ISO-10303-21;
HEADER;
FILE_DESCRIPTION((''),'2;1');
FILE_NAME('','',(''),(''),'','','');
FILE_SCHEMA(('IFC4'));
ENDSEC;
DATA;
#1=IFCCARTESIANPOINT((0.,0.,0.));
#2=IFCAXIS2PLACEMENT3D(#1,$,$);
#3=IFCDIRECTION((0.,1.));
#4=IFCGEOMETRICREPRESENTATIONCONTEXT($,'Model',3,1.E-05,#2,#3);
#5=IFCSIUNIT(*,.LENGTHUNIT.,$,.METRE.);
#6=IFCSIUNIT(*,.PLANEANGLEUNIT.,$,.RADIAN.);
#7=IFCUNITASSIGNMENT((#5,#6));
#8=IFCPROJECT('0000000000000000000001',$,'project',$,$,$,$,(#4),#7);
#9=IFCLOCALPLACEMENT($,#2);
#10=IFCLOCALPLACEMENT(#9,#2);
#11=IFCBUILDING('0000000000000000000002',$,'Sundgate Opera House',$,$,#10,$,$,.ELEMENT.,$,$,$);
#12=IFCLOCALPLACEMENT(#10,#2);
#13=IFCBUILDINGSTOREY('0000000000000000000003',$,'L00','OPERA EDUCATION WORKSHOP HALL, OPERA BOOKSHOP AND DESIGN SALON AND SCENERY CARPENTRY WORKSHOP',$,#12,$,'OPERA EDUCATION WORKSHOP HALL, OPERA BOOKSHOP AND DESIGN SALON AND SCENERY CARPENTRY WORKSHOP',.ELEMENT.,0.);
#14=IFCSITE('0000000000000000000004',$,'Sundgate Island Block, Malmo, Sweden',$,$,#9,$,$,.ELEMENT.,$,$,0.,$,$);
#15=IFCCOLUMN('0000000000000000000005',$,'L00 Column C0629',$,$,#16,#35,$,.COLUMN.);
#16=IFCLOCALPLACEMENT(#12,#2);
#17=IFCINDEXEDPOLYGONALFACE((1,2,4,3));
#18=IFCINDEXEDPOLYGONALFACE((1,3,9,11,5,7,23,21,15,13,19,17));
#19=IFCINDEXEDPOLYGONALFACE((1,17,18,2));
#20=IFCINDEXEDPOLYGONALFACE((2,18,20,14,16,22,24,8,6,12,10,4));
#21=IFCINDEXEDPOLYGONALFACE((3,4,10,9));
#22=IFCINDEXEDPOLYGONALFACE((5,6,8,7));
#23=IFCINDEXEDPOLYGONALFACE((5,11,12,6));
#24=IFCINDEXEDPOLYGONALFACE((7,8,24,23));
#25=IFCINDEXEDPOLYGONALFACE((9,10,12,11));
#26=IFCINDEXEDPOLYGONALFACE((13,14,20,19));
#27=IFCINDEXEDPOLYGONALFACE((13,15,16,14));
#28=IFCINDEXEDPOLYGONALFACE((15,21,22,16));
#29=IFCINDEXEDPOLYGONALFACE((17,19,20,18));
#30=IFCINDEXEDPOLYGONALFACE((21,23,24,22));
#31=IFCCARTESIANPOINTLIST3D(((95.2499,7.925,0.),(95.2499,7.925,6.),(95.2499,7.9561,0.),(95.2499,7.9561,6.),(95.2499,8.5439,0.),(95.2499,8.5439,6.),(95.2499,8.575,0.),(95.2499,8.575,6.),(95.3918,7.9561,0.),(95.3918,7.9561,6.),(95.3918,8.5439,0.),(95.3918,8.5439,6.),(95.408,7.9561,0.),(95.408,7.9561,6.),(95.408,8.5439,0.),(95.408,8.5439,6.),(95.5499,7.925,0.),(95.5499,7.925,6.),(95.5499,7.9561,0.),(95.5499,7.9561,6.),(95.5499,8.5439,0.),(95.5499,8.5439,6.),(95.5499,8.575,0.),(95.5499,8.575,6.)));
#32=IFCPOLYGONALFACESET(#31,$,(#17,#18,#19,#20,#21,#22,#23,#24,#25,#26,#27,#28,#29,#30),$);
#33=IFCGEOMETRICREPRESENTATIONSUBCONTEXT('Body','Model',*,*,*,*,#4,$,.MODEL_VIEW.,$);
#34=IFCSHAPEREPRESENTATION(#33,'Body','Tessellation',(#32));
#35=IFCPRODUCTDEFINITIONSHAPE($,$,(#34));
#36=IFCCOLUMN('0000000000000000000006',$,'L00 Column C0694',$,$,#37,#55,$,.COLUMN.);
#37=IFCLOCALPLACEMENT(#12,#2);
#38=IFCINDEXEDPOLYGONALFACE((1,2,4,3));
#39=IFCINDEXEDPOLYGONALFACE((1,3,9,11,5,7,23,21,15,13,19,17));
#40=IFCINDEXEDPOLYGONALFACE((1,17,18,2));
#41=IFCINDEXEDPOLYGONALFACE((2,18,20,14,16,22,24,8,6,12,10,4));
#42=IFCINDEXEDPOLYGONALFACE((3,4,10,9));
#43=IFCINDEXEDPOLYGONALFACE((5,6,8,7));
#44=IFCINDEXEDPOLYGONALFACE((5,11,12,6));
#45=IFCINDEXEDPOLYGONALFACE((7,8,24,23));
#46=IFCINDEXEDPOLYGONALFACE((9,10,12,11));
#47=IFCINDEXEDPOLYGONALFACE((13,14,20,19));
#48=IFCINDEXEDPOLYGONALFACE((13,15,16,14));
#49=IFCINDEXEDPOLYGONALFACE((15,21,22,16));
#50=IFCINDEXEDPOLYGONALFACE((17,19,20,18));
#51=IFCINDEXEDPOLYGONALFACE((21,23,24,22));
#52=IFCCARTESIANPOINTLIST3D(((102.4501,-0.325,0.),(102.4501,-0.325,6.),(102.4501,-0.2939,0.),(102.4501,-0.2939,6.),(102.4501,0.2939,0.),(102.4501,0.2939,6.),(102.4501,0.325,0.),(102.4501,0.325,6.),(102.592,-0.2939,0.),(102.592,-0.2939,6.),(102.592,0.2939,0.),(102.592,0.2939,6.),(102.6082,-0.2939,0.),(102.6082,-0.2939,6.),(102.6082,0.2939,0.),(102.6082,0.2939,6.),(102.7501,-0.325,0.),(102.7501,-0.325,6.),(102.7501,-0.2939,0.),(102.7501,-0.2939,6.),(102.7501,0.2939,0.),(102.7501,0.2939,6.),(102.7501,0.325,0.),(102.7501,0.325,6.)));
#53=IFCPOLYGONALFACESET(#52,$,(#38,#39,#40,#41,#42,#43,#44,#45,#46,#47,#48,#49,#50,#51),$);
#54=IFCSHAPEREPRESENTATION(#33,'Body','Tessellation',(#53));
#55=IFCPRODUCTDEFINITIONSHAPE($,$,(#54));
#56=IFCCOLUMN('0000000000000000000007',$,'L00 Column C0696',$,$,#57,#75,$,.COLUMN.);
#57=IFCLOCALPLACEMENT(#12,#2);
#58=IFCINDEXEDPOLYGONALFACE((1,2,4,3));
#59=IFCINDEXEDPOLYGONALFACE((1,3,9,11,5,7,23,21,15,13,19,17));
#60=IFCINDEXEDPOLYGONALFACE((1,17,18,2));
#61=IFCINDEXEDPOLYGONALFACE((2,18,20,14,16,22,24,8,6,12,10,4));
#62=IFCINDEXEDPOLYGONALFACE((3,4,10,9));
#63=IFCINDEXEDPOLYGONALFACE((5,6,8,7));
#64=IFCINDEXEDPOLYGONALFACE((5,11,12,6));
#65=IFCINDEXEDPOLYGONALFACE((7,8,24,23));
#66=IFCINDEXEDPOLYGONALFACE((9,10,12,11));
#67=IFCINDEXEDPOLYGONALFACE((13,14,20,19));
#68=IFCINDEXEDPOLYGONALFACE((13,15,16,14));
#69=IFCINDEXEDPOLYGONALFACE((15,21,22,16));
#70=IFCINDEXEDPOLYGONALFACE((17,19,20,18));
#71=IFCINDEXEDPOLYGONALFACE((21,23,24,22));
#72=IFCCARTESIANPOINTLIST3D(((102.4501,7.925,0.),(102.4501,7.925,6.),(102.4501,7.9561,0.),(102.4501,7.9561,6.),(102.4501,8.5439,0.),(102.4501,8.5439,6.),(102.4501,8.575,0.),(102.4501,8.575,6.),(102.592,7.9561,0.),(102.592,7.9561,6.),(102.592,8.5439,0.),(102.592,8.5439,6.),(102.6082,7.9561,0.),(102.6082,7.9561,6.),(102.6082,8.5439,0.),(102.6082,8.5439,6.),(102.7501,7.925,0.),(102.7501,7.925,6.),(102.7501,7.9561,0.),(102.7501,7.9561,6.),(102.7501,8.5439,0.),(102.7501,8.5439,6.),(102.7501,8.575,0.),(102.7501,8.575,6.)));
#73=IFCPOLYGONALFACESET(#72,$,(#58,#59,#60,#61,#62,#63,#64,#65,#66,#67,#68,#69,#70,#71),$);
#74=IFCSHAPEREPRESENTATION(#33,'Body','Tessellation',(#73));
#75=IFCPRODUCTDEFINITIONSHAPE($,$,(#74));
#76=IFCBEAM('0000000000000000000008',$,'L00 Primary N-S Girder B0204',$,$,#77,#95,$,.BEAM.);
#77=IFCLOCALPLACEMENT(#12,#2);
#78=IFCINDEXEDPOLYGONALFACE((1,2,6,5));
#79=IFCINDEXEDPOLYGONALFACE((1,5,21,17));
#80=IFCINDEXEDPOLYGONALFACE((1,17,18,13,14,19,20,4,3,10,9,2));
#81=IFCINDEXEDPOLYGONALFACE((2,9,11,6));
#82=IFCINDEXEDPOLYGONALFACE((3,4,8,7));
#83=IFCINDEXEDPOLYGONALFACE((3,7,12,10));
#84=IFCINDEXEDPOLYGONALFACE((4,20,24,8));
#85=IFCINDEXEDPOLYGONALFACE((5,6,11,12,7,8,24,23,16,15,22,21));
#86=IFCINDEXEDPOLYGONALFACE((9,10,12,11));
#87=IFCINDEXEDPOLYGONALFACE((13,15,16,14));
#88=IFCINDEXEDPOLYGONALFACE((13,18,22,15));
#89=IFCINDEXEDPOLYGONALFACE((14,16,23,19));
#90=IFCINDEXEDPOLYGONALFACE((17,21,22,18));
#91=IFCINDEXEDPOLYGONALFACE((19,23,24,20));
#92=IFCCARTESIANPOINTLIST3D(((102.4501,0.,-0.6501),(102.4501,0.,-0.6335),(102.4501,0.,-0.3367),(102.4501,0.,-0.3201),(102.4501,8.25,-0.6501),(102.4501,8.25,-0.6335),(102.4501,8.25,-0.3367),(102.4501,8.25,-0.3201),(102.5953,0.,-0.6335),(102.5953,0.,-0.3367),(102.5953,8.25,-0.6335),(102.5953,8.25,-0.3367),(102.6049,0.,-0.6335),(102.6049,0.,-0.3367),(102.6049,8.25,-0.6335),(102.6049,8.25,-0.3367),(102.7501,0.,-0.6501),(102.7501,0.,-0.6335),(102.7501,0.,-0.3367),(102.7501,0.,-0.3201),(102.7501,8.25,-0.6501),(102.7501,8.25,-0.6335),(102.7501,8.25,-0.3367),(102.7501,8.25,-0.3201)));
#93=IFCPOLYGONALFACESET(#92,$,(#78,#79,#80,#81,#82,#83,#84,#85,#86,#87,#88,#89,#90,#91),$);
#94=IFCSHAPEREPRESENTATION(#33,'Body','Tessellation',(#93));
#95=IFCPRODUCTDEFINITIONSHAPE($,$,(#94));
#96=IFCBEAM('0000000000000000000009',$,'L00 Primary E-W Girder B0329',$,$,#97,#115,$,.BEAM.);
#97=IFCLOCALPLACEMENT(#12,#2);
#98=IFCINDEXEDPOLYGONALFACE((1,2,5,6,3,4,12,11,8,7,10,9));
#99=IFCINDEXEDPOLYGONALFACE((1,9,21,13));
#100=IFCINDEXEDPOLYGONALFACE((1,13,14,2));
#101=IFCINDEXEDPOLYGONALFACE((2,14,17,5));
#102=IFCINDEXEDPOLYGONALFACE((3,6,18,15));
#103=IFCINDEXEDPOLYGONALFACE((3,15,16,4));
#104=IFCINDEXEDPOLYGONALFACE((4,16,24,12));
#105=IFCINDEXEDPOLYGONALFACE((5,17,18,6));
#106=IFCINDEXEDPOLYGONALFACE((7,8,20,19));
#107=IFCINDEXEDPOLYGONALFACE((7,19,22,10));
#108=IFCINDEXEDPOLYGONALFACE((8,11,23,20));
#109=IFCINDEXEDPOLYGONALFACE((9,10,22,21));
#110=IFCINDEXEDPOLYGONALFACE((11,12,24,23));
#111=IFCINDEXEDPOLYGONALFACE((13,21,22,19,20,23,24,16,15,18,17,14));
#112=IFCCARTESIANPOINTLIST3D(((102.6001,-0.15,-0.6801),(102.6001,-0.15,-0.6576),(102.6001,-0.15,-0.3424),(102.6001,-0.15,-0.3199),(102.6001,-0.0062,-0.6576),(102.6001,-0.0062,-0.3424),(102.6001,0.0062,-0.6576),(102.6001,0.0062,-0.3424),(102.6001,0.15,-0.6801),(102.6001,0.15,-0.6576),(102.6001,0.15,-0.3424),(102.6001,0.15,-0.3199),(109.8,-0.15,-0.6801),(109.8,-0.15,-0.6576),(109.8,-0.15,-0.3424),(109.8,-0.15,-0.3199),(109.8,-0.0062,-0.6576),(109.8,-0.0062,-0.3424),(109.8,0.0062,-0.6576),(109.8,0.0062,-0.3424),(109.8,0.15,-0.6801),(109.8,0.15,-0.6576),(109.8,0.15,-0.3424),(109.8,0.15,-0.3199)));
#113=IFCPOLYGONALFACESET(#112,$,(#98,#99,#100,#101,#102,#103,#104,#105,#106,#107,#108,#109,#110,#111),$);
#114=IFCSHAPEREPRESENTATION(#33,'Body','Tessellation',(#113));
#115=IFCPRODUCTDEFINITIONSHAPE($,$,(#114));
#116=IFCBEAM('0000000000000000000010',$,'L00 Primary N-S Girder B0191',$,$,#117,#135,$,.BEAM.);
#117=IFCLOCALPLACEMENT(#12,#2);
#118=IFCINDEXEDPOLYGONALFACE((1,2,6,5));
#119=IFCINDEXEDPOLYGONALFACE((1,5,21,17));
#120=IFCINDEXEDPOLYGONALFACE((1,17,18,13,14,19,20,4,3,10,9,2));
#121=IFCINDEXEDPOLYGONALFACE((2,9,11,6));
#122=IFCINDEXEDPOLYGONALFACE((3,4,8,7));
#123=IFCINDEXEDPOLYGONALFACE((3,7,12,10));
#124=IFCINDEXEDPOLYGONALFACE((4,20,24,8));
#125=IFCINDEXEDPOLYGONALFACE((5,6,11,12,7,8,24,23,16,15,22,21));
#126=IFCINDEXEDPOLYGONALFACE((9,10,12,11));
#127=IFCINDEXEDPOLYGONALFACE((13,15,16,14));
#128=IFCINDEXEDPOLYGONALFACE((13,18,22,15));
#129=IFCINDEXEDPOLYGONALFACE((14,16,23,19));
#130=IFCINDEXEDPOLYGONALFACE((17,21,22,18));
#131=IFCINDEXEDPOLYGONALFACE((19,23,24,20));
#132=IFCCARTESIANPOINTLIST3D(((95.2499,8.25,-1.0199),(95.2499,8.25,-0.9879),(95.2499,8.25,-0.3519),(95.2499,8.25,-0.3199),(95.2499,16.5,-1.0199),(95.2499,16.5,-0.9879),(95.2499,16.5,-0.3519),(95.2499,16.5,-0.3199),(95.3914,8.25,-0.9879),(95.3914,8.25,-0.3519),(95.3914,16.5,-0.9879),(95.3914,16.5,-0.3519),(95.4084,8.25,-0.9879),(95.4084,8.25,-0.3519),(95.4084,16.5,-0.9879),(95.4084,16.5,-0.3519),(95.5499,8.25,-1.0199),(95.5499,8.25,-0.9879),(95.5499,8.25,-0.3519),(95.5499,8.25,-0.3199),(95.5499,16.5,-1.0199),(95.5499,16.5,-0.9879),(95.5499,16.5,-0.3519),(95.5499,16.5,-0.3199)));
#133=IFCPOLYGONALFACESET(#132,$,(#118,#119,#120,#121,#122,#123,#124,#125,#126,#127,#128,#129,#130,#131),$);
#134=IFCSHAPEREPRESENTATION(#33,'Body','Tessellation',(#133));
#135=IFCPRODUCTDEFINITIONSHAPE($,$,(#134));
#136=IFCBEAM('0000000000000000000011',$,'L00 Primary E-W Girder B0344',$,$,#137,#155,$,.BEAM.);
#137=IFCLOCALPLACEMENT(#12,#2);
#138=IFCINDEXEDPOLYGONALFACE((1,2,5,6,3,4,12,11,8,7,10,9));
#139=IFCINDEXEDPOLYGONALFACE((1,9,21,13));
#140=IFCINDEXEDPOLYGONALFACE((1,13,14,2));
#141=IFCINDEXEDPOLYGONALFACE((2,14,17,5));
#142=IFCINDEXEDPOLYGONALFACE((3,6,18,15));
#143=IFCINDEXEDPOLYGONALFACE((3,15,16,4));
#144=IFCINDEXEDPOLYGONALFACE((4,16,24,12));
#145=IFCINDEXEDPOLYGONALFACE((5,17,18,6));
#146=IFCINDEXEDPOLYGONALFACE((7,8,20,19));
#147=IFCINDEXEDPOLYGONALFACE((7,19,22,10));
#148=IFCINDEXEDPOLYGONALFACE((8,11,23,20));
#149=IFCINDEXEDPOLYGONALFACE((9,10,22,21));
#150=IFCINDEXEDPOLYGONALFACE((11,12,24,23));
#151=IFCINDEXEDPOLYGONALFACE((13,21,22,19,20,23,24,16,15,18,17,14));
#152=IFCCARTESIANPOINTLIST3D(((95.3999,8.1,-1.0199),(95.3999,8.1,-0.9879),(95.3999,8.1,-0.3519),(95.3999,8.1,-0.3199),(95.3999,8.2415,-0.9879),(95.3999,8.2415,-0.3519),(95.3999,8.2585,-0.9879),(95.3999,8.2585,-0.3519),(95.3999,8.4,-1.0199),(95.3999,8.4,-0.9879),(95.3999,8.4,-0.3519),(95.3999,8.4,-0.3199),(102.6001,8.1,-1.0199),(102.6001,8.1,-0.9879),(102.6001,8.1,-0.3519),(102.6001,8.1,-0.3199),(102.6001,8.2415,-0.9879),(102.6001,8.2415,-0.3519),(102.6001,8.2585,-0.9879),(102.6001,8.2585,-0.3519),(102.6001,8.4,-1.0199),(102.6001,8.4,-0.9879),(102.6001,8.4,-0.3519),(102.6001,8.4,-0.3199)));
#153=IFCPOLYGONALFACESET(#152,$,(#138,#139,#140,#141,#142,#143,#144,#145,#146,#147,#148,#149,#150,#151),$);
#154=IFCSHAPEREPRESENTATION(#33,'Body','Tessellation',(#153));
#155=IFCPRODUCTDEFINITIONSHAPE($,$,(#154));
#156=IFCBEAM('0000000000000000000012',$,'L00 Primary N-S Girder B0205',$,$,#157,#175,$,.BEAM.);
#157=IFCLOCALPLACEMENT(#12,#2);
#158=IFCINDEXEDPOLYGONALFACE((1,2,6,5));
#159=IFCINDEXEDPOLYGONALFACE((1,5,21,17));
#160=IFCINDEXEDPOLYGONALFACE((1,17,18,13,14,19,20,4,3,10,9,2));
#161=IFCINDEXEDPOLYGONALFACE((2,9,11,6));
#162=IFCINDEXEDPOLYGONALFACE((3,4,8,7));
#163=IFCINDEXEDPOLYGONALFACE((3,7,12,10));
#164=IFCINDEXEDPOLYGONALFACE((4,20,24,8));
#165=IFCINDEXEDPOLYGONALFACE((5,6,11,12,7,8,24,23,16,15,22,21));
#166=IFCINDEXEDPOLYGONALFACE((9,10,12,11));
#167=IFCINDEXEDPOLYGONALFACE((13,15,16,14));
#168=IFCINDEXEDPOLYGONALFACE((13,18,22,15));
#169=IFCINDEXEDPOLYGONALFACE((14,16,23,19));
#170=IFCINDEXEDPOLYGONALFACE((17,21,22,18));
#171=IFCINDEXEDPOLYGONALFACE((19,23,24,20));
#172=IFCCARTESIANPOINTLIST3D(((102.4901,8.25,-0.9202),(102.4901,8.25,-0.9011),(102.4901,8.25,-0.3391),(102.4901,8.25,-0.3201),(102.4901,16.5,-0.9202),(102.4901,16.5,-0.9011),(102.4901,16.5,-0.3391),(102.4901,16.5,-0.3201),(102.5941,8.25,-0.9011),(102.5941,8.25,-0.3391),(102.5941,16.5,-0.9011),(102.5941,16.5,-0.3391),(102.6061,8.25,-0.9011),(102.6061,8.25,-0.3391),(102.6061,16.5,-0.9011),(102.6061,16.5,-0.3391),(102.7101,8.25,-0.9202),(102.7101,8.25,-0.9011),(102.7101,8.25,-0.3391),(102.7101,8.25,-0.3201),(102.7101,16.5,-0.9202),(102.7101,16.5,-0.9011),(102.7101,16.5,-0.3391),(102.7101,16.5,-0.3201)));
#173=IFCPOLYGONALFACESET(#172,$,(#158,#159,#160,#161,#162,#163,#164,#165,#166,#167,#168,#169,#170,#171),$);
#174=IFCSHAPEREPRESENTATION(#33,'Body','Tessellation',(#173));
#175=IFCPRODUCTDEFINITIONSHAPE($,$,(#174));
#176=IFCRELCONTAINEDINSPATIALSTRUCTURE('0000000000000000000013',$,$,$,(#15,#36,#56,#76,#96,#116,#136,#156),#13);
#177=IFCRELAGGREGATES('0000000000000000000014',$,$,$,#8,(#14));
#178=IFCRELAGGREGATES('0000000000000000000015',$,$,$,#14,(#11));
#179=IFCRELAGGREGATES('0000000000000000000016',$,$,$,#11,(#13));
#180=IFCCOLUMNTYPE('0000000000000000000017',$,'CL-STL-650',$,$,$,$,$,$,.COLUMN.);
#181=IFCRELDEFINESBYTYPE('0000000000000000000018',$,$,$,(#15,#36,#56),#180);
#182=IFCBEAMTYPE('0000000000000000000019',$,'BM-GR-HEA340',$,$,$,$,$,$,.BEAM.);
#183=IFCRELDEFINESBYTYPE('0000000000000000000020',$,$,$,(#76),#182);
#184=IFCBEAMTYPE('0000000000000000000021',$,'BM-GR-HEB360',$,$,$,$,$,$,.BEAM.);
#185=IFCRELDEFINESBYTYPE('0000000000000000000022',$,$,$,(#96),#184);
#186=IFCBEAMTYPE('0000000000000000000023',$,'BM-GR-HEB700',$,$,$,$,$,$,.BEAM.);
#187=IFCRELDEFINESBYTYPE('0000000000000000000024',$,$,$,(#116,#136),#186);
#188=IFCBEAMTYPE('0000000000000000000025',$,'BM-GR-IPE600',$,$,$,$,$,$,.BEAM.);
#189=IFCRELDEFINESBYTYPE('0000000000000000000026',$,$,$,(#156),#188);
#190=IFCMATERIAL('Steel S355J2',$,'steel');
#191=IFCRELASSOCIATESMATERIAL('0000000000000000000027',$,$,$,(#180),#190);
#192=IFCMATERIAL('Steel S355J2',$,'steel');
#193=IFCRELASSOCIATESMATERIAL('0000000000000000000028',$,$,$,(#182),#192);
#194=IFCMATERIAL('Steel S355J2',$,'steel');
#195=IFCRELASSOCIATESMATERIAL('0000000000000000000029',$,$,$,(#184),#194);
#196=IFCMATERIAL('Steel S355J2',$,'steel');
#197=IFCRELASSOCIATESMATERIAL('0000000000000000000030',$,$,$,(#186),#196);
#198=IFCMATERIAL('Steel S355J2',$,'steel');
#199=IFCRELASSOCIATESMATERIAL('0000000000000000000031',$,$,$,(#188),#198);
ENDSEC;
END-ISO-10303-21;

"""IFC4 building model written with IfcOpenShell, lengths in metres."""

from ifc_helpers import new_model, si_unit, direction, frame, origin, origin_2d, place, context, subcontext, project, spatial, i_section, extrude, material, material_profile, profile_set, type_object, element, save


model = new_model("IFC4")

# Units and contexts
model_context = context("Model", 3, precision=1e-05, world=origin(), true_north=direction((0.0, 1.0)))
body_context = subcontext(model_context, "Body", "Model", "MODEL_VIEW")
ifc_project = project(units=[si_unit("LENGTHUNIT", "METRE"), si_unit("PLANEANGLEUNIT", "RADIAN")], contexts=[model_context])

# Site, building, storey
site_placement = place(None, origin())
site = spatial("IfcSite", under=ifc_project, at=site_placement, Name="Sundgate Island Block, Malmo, Sweden", CompositionType="ELEMENT", RefElevation=0.0)
building_placement = place(site_placement, origin())
building = spatial("IfcBuilding", under=site, at=building_placement, Name="Sundgate Opera House", CompositionType="ELEMENT")
storey_placement = place(building_placement, origin())
storey = spatial("IfcBuildingStorey", under=building, at=storey_placement, Name="L00", Description="OPERA EDUCATION WORKSHOP HALL, OPERA BOOKSHOP AND DESIGN SALON AND SCENERY CARPENTRY WORKSHOP", LongName="OPERA EDUCATION WORKSHOP HALL, OPERA BOOKSHOP AND DESIGN SALON AND SCENERY CARPENTRY WORKSHOP", CompositionType="ELEMENT", Elevation=0.0)

# Columns
ifc_material_1 = material(Name="Steel S355J2", Category="steel")
ifc_material_profile_1 = material_profile(ifc_material_1, i_section(OverallWidth=0.3, OverallDepth=0.6499, WebThickness=0.0161, FlangeThickness=0.031, at=origin_2d()), Name="HEB 650")
ifc_profile_set_1 = profile_set([ifc_material_profile_1], Name="Steel S355J2")
column_type = type_object("IfcColumnType", Name="CL-STL-650", PredefinedType="COLUMN", material=ifc_profile_set_1)
for number, where, z_axis, x_axis, name in (
    (1, (95.3999, 8.25, 0.0), (0.0, 0.0, 1.0), (1.0, 0.0, 0.0), "L00 Column C0629"),
    (2, (102.6001, 0.0, 0.0), (0.0, 0.0, 1.0), (1.0, 0.0, 0.0), "L00 Column C0694"),
    (3, (102.6001, 8.25, 0.0), (0.0, 0.0, 1.0), (1.0, 0.0, 0.0), "L00 Column C0696"),
):
    element("IfcColumn", number, at=place(storey_placement, frame(where, z_axis=z_axis, x_axis=x_axis)), inside=storey, type_object=column_type, Name=name, PredefinedType="COLUMN", context=body_context, shape_type="SweptSolid", body=[
        extrude(i_section(OverallWidth=0.3, OverallDepth=0.6499, WebThickness=0.0161, FlangeThickness=0.031, at=origin_2d()), origin(), (0.0, 0.0, 1.0), 6.0),
    ])

# Beams
ifc_material_2 = material(Name="Steel S355J2", Category="steel")
ifc_material_profile_2 = material_profile(ifc_material_2, i_section(OverallWidth=0.3, OverallDepth=0.3301, WebThickness=0.0095, FlangeThickness=0.0166, at=origin_2d()), Name="HEA 340")
ifc_profile_set_2 = profile_set([ifc_material_profile_2], Name="Steel S355J2")
beam_type_1 = type_object("IfcBeamType", Name="BM-GR-HEA340", PredefinedType="BEAM", material=ifc_profile_set_2)
beam_1_placement = place(storey_placement, frame((102.6001, 0.0, -0.4851), z_axis=(0.0, 1.0, 0.0), x_axis=(-1.0, 0.0, 0.0)))
element("IfcBeam", 4, at=beam_1_placement, inside=storey, type_object=beam_type_1, Name="L00 Primary N-S Girder B0204", PredefinedType="BEAM", context=body_context, shape_type="SweptSolid", body=[
    extrude(i_section(OverallWidth=0.3, OverallDepth=0.3301, WebThickness=0.0095, FlangeThickness=0.0166, at=origin_2d()), origin(), (0.0, 0.0, 1.0), 8.25),
])
ifc_material_3 = material(Name="Steel S355J2", Category="steel")
ifc_material_profile_3 = material_profile(ifc_material_3, i_section(OverallWidth=0.3, OverallDepth=0.3601, WebThickness=0.0125, FlangeThickness=0.0225, at=origin_2d()), Name="HEB 360")
ifc_profile_set_3 = profile_set([ifc_material_profile_3], Name="Steel S355J2")
beam_type_2 = type_object("IfcBeamType", Name="BM-GR-HEB360", PredefinedType="BEAM", material=ifc_profile_set_3)
beam_2_placement = place(storey_placement, frame((102.6001, 0.0, -0.5), z_axis=(1.0, 0.0, 0.0), x_axis=(0.0, 1.0, 0.0)))
element("IfcBeam", 5, at=beam_2_placement, inside=storey, type_object=beam_type_2, Name="L00 Primary E-W Girder B0329", PredefinedType="BEAM", context=body_context, shape_type="SweptSolid", body=[
    extrude(i_section(OverallWidth=0.3, OverallDepth=0.3601, WebThickness=0.0125, FlangeThickness=0.0225, at=origin_2d()), origin(), (0.0, 0.0, 1.0), 7.2),
])
ifc_material_4 = material(Name="Steel S355J2", Category="steel")
ifc_material_profile_4 = material_profile(ifc_material_4, i_section(OverallWidth=0.3, OverallDepth=0.7, WebThickness=0.0171, FlangeThickness=0.032, at=origin_2d()), Name="HEB 700")
ifc_profile_set_4 = profile_set([ifc_material_profile_4], Name="Steel S355J2")
beam_type_3 = type_object("IfcBeamType", Name="BM-GR-HEB700", PredefinedType="BEAM", material=ifc_profile_set_4)
beam_3_placement = place(storey_placement, frame((95.3999, 8.25, -0.6699), z_axis=(0.0, 1.0, 0.0), x_axis=(-1.0, 0.0, 0.0)))
element("IfcBeam", 6, at=beam_3_placement, inside=storey, type_object=beam_type_3, Name="L00 Primary N-S Girder B0191", PredefinedType="BEAM", context=body_context, shape_type="SweptSolid", body=[
    extrude(i_section(OverallWidth=0.3, OverallDepth=0.7, WebThickness=0.0171, FlangeThickness=0.032, at=origin_2d()), origin(), (0.0, 0.0, 1.0), 8.25),
])
beam_4_placement = place(storey_placement, frame((95.3999, 8.25, -0.6699), z_axis=(1.0, 0.0, 0.0), x_axis=(0.0, 1.0, 0.0)))
element("IfcBeam", 7, at=beam_4_placement, inside=storey, type_object=beam_type_3, Name="L00 Primary E-W Girder B0344", PredefinedType="BEAM", context=body_context, shape_type="SweptSolid", body=[
    extrude(i_section(OverallWidth=0.3, OverallDepth=0.7, WebThickness=0.0171, FlangeThickness=0.032, at=origin_2d()), origin(), (0.0, 0.0, 1.0), 7.2002),
])
ifc_material_5 = material(Name="Steel S355J2", Category="steel")
ifc_material_profile_5 = material_profile(ifc_material_5, i_section(OverallWidth=0.22, OverallDepth=0.6001, WebThickness=0.012, FlangeThickness=0.019, at=origin_2d()), Name="IPE 600")
ifc_profile_set_5 = profile_set([ifc_material_profile_5], Name="Steel S355J2")
beam_type_4 = type_object("IfcBeamType", Name="BM-GR-IPE600", PredefinedType="BEAM", material=ifc_profile_set_5)
beam_5_placement = place(storey_placement, frame((102.6001, 8.25, -0.6201), z_axis=(0.0, 1.0, 0.0), x_axis=(-1.0, 0.0, 0.0)))
element("IfcBeam", 8, at=beam_5_placement, inside=storey, type_object=beam_type_4, Name="L00 Primary N-S Girder B0205", PredefinedType="BEAM", context=body_context, shape_type="SweptSolid", body=[
    extrude(i_section(OverallWidth=0.22, OverallDepth=0.6001, WebThickness=0.012, FlangeThickness=0.019, at=origin_2d()), origin(), (0.0, 0.0, 1.0), 8.25),
])

save(model, "model.ifc")
